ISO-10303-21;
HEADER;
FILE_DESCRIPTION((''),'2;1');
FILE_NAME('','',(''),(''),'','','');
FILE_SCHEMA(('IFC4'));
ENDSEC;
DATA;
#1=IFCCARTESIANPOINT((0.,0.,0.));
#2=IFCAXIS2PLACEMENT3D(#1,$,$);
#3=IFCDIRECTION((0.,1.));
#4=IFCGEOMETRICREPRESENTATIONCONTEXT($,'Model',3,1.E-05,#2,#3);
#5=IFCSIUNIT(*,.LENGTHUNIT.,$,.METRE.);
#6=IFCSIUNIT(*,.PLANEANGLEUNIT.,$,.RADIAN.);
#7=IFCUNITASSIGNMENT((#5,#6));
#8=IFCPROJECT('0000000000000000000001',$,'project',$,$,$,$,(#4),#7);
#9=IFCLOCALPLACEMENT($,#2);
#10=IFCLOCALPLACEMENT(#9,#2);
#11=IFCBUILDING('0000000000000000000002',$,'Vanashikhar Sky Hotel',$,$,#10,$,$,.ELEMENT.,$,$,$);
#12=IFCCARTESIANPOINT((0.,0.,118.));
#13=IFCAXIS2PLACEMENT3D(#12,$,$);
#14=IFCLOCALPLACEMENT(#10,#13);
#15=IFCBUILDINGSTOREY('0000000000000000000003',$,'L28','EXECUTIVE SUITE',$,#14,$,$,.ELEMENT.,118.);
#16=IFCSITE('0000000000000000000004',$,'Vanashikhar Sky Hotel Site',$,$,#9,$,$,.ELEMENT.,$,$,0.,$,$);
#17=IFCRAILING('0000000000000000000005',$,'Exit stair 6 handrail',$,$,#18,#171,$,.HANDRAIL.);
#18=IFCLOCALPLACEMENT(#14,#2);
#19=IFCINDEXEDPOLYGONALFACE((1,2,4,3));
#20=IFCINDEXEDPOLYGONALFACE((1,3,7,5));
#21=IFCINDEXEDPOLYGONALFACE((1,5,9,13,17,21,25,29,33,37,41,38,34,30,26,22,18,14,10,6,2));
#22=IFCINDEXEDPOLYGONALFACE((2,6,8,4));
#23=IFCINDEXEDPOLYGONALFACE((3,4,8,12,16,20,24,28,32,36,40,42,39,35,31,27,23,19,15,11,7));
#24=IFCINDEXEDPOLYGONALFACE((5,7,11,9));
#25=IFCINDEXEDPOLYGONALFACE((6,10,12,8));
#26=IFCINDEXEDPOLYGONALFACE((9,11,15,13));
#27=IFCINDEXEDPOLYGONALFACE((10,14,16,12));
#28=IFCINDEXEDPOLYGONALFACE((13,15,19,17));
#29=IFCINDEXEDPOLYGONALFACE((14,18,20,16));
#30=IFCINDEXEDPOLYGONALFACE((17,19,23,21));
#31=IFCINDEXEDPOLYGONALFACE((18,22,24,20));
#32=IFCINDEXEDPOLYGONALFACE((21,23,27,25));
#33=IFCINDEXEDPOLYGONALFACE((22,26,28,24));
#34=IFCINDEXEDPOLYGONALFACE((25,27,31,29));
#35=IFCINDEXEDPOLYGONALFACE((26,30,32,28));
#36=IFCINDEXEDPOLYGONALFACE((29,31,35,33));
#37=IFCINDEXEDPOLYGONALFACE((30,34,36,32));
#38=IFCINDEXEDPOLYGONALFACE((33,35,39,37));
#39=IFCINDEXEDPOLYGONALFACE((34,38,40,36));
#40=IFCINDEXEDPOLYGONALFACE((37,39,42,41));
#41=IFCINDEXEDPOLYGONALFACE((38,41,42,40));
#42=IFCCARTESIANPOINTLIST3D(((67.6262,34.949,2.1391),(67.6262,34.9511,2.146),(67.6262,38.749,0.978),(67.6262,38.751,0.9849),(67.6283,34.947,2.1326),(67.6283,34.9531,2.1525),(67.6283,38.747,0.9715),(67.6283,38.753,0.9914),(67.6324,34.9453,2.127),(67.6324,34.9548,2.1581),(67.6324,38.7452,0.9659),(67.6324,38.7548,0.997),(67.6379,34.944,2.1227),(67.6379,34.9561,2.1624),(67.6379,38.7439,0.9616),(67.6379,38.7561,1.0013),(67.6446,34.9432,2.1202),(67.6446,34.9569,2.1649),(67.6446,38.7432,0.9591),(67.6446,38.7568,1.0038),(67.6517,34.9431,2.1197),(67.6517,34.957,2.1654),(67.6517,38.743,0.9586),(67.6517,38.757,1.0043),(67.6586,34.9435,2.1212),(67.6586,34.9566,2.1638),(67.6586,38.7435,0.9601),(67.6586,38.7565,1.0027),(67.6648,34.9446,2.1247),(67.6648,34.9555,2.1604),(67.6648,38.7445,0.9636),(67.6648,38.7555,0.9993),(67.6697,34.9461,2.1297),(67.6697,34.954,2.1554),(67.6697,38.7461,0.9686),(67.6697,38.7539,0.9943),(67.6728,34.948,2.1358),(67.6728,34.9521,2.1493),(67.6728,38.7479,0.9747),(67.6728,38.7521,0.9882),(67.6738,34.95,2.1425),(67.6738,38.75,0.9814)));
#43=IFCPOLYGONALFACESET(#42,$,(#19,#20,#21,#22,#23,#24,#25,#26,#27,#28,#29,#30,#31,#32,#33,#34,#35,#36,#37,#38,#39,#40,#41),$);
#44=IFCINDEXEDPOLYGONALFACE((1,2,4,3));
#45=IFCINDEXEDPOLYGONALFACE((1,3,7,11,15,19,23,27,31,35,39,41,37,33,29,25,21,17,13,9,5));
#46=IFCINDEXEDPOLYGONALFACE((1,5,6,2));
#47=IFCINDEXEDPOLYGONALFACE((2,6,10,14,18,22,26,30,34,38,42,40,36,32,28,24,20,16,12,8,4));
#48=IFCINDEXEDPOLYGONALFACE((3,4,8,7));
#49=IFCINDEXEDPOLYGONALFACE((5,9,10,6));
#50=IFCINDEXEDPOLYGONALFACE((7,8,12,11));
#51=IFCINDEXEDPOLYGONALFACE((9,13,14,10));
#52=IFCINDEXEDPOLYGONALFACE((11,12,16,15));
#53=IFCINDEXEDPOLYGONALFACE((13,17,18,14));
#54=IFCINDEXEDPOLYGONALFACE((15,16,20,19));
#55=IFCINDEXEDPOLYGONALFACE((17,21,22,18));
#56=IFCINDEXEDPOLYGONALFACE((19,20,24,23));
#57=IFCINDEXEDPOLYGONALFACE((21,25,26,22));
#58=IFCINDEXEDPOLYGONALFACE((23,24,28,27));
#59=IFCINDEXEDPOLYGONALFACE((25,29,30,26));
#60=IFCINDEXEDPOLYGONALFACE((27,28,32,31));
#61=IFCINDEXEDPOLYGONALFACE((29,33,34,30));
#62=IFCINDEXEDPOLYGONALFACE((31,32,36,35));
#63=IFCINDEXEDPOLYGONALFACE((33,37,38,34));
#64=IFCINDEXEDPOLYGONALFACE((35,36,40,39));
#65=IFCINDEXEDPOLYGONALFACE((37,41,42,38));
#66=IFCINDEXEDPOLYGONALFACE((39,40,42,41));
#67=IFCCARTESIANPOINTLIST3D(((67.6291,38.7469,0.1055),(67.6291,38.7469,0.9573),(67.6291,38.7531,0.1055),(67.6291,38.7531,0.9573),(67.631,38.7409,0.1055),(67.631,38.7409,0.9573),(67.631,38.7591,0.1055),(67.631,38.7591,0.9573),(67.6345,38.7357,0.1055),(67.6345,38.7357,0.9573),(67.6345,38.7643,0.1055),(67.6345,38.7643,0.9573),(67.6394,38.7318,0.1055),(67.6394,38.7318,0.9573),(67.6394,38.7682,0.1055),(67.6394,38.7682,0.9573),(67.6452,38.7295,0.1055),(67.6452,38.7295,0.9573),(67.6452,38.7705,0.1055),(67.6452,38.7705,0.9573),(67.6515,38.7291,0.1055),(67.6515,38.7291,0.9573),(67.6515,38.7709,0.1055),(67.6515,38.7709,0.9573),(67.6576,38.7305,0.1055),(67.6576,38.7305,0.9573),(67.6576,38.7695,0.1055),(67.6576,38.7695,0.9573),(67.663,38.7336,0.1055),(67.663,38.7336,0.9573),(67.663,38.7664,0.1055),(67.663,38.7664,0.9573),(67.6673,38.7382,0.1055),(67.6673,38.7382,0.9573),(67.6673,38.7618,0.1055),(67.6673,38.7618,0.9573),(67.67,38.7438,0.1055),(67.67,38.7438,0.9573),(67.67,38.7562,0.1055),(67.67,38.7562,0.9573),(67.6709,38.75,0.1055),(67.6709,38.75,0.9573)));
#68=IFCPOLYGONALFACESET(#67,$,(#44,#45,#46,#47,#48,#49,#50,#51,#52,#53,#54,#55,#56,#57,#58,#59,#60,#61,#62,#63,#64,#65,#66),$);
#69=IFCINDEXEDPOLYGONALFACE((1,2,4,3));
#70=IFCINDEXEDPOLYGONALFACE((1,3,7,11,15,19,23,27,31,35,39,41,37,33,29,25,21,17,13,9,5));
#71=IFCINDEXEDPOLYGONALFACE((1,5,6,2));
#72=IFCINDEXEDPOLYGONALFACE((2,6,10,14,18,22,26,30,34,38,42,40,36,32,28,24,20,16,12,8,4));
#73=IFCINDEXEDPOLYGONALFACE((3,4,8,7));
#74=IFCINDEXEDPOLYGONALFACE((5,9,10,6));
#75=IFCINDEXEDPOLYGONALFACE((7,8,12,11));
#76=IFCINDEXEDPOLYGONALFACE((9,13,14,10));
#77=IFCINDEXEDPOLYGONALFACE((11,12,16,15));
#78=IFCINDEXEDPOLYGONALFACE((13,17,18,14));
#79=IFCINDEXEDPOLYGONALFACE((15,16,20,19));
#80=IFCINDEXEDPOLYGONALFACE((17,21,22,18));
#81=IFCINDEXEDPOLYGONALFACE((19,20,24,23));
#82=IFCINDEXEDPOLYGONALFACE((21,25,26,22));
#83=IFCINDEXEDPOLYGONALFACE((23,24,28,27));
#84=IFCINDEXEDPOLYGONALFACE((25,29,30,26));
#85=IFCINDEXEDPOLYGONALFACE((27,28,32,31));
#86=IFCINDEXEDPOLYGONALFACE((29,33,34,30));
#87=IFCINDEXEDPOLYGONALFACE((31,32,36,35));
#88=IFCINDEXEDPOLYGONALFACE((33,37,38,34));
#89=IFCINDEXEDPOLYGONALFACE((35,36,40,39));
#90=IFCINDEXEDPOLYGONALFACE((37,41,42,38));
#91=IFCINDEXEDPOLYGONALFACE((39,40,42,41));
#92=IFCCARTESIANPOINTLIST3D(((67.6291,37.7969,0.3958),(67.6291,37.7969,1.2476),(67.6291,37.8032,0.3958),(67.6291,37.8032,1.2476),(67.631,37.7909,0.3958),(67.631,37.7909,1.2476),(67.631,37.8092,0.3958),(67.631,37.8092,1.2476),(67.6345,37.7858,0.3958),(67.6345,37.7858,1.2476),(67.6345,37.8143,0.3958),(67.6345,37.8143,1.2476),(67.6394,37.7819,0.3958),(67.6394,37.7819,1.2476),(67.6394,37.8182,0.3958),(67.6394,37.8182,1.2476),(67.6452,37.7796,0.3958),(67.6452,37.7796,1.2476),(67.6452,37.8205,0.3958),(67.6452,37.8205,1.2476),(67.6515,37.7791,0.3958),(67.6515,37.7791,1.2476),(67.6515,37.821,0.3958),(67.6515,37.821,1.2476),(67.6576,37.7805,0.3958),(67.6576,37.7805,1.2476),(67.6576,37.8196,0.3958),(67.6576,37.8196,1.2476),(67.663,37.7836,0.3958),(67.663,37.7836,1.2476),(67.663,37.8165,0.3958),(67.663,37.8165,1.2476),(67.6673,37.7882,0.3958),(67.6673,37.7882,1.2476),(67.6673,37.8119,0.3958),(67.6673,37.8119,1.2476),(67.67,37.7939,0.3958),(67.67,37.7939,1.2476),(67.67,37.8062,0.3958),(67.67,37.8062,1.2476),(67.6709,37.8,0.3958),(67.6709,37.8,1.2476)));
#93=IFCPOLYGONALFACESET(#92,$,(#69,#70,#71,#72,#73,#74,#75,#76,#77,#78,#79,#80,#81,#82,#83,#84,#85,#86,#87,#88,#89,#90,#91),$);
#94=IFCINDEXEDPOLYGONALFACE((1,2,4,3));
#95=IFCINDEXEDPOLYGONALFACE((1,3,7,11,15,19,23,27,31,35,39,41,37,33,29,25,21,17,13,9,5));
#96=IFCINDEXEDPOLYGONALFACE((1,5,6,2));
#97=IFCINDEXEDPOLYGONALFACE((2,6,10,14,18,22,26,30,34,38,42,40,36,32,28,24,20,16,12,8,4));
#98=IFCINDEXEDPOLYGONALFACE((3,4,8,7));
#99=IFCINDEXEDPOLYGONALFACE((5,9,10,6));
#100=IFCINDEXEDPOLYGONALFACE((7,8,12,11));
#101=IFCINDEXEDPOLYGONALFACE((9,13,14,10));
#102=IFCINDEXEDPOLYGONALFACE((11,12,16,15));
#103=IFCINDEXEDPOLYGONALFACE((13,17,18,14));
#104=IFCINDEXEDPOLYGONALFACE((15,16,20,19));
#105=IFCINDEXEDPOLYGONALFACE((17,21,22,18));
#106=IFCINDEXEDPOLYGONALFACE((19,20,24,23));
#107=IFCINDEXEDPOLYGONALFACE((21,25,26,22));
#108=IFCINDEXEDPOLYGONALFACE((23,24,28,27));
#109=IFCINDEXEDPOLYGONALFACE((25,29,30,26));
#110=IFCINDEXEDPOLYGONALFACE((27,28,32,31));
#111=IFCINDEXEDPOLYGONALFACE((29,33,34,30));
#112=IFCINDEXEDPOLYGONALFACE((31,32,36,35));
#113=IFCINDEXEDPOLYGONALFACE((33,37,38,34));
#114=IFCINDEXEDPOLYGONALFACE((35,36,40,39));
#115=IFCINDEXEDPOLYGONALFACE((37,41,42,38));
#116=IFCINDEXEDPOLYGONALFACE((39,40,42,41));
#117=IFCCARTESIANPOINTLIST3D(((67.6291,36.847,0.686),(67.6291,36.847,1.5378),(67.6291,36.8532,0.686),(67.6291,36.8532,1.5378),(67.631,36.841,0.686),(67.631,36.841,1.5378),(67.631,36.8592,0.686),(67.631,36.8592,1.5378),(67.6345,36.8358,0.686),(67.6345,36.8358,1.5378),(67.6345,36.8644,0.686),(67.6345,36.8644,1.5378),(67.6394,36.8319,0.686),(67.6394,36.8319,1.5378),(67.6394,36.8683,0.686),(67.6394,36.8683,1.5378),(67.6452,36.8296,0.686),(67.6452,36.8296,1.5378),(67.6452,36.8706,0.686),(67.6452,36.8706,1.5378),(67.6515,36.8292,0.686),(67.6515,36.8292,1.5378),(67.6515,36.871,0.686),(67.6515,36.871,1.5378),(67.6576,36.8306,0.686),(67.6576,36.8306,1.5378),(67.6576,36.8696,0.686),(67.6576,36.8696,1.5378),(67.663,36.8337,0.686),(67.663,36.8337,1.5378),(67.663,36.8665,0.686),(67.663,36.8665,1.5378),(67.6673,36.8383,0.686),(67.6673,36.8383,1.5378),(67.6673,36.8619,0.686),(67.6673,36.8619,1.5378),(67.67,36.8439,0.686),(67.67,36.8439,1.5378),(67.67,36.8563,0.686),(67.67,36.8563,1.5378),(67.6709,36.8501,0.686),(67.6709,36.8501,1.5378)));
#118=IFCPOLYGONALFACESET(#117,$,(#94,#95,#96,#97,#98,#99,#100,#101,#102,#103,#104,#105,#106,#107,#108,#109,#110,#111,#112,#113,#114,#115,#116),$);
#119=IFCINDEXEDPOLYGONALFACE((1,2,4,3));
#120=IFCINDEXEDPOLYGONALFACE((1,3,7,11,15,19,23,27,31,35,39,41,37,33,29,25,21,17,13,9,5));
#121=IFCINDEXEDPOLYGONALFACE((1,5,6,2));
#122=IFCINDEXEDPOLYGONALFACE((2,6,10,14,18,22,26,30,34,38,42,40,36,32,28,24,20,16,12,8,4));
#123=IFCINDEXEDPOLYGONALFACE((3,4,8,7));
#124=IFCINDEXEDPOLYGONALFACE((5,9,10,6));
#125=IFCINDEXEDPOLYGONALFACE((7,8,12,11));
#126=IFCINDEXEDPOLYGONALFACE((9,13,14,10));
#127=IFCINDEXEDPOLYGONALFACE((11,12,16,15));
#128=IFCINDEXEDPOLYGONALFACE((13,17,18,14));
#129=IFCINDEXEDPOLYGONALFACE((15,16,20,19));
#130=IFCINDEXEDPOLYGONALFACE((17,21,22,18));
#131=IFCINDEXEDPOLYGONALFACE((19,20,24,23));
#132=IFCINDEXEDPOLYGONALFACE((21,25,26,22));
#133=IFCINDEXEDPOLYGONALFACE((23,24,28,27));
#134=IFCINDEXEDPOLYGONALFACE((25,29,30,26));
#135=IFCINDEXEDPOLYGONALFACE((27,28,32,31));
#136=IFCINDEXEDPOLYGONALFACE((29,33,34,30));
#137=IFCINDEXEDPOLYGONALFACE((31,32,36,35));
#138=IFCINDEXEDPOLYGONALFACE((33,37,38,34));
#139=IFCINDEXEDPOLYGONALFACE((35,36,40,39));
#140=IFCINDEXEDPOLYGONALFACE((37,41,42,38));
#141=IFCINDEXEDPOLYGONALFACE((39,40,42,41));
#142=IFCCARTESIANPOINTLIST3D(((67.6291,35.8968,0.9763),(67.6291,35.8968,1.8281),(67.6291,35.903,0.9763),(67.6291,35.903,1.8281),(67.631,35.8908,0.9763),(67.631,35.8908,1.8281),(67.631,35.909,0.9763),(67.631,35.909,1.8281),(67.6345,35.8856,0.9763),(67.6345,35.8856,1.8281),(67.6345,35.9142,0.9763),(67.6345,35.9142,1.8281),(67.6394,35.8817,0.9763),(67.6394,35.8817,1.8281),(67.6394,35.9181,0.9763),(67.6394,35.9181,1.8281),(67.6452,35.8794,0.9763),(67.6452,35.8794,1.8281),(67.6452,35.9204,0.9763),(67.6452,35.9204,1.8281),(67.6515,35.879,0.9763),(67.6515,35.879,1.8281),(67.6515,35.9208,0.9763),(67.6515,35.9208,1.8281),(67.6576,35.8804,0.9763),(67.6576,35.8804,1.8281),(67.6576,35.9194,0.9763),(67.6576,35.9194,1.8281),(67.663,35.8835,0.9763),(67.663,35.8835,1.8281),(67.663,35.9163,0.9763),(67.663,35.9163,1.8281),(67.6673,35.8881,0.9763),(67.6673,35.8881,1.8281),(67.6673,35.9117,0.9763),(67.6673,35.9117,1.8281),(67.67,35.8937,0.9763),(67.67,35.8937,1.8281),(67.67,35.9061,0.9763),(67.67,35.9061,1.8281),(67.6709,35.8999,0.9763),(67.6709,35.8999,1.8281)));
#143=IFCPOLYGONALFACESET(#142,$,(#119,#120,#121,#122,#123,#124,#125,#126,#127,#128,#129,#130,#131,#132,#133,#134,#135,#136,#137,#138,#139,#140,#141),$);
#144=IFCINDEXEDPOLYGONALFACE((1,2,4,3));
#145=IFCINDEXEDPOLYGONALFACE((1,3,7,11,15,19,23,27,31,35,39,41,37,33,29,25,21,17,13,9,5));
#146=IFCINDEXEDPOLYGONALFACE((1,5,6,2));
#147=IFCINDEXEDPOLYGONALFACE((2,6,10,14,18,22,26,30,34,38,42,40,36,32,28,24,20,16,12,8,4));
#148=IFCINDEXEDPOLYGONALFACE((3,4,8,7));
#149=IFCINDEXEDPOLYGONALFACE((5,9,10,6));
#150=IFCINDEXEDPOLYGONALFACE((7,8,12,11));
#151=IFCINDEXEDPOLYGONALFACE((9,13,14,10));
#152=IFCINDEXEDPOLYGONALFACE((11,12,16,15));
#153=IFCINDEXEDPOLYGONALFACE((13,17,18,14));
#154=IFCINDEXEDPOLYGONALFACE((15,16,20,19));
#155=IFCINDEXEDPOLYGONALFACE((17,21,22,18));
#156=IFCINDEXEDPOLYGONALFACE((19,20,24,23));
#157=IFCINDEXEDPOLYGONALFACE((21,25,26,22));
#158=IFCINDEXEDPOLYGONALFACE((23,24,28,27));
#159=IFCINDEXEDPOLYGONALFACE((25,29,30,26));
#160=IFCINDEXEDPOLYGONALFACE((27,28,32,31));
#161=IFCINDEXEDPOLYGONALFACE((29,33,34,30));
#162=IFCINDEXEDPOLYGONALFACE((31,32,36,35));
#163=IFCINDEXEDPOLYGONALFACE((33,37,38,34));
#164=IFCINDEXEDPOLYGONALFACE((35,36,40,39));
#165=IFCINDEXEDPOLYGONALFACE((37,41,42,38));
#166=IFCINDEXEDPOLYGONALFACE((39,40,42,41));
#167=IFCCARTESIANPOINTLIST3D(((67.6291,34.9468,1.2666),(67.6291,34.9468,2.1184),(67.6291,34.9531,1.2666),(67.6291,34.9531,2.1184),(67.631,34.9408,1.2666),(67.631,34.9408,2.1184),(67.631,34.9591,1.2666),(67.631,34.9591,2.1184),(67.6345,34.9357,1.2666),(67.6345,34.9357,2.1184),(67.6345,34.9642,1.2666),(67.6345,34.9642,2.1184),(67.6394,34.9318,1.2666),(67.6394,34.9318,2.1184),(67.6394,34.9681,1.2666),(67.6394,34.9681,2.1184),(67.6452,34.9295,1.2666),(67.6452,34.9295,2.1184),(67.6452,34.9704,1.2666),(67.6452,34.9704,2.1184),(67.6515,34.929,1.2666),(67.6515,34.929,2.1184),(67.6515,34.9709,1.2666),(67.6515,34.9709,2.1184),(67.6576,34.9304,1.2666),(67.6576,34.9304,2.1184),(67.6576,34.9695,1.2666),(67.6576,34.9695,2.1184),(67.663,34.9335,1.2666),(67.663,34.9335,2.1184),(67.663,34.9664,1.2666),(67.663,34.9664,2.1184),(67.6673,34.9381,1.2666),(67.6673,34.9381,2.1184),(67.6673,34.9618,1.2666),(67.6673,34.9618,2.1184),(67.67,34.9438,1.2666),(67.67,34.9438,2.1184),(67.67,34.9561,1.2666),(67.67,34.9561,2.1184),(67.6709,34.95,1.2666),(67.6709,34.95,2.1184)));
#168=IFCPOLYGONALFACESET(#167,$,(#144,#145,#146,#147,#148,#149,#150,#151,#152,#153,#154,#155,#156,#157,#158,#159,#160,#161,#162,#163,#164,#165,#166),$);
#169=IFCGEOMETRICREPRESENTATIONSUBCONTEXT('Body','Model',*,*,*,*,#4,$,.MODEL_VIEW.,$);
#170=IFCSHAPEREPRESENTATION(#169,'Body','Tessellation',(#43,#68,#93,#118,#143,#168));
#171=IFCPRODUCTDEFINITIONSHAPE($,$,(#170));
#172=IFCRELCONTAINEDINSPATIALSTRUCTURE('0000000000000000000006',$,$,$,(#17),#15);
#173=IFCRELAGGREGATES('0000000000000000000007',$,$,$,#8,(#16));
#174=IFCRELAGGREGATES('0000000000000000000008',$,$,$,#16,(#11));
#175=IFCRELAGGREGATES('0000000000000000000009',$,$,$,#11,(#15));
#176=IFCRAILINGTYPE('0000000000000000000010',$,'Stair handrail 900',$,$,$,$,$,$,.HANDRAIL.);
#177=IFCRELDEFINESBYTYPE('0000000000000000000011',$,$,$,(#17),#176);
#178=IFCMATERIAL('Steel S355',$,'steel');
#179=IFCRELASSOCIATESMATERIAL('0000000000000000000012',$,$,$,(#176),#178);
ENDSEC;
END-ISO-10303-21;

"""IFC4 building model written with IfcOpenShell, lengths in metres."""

from ifc_helpers import new_model, si_unit, direction, frame, origin, origin_2d, place, context, subcontext, project, spatial, circle, extrude, source, transform, mapped, material, type_object, element, save


model = new_model("IFC4")

# Units and contexts
model_context = context("Model", 3, precision=1e-05, world=origin(), true_north=direction((0.0, 1.0)))
body_context = subcontext(model_context, "Body", "Model", "MODEL_VIEW")
ifc_project = project(units=[si_unit("LENGTHUNIT", "METRE"), si_unit("PLANEANGLEUNIT", "RADIAN")], contexts=[model_context])

# Site, building, storey
site_placement = place(None, origin())
site = spatial("IfcSite", under=ifc_project, at=site_placement, Name="Vanashikhar Sky Hotel Site", CompositionType="ELEMENT", RefElevation=0.0)
building_placement = place(site_placement, origin())
building = spatial("IfcBuilding", under=site, at=building_placement, Name="Vanashikhar Sky Hotel", CompositionType="ELEMENT")
storey_placement = place(building_placement, frame((0.0, 0.0, 118.0)))
storey = spatial("IfcBuildingStorey", under=building, at=storey_placement, Name="L28", Description="EXECUTIVE SUITE", CompositionType="ELEMENT", Elevation=118.0)

# Railing
ifc_material_1 = material(Name="Steel S355", Category="steel")
railing_type_1 = type_object("IfcRailingType", Name="Stair handrail 900", PredefinedType="HANDRAIL", material=ifc_material_1)
shared_shape_1 = source(origin(), body_context, "Body", "SweptSolid", [
    extrude(circle(Radius=0.0239, at=origin_2d()), frame((0.0, 0.0, 0.876), z_axis=(0.0, -0.956351, 0.29222), x_axis=(1.0, 0.0, 0.0)), (0.0, 0.0, 1.0), 3.9734),
    extrude(circle(Radius=0.021, at=origin_2d()), origin(), (0.0, 0.0, 1.0), 0.8518),
    extrude(circle(Radius=0.021, at=origin_2d()), frame((0.0, -0.95, 0.2903)), (0.0, 0.0, 1.0), 0.8518),
    extrude(circle(Radius=0.021, at=origin_2d()), frame((0.0, -1.8999, 0.5806)), (0.0, 0.0, 1.0), 0.8518),
    extrude(circle(Radius=0.021, at=origin_2d()), frame((0.0, -2.8501, 0.8708)), (0.0, 0.0, 1.0), 0.8518),
    extrude(circle(Radius=0.021, at=origin_2d()), frame((0.0, -3.8, 1.1611)), (0.0, 0.0, 1.0), 0.8518),
])
for number, where, name in (
    (1, (67.6499, 38.75, 0.1055), "Exit stair 6 handrail"),
):
    element("IfcRailing", number, at=place(storey_placement, frame(where)), inside=storey, type_object=railing_type_1, Name=name, PredefinedType="HANDRAIL", context=body_context, shape_type="MappedRepresentation", body=[
        mapped(shared_shape_1, transform((0.0, 0.0, 0.0), scale=1.0)),
    ])

save(model, "model.ifc")
